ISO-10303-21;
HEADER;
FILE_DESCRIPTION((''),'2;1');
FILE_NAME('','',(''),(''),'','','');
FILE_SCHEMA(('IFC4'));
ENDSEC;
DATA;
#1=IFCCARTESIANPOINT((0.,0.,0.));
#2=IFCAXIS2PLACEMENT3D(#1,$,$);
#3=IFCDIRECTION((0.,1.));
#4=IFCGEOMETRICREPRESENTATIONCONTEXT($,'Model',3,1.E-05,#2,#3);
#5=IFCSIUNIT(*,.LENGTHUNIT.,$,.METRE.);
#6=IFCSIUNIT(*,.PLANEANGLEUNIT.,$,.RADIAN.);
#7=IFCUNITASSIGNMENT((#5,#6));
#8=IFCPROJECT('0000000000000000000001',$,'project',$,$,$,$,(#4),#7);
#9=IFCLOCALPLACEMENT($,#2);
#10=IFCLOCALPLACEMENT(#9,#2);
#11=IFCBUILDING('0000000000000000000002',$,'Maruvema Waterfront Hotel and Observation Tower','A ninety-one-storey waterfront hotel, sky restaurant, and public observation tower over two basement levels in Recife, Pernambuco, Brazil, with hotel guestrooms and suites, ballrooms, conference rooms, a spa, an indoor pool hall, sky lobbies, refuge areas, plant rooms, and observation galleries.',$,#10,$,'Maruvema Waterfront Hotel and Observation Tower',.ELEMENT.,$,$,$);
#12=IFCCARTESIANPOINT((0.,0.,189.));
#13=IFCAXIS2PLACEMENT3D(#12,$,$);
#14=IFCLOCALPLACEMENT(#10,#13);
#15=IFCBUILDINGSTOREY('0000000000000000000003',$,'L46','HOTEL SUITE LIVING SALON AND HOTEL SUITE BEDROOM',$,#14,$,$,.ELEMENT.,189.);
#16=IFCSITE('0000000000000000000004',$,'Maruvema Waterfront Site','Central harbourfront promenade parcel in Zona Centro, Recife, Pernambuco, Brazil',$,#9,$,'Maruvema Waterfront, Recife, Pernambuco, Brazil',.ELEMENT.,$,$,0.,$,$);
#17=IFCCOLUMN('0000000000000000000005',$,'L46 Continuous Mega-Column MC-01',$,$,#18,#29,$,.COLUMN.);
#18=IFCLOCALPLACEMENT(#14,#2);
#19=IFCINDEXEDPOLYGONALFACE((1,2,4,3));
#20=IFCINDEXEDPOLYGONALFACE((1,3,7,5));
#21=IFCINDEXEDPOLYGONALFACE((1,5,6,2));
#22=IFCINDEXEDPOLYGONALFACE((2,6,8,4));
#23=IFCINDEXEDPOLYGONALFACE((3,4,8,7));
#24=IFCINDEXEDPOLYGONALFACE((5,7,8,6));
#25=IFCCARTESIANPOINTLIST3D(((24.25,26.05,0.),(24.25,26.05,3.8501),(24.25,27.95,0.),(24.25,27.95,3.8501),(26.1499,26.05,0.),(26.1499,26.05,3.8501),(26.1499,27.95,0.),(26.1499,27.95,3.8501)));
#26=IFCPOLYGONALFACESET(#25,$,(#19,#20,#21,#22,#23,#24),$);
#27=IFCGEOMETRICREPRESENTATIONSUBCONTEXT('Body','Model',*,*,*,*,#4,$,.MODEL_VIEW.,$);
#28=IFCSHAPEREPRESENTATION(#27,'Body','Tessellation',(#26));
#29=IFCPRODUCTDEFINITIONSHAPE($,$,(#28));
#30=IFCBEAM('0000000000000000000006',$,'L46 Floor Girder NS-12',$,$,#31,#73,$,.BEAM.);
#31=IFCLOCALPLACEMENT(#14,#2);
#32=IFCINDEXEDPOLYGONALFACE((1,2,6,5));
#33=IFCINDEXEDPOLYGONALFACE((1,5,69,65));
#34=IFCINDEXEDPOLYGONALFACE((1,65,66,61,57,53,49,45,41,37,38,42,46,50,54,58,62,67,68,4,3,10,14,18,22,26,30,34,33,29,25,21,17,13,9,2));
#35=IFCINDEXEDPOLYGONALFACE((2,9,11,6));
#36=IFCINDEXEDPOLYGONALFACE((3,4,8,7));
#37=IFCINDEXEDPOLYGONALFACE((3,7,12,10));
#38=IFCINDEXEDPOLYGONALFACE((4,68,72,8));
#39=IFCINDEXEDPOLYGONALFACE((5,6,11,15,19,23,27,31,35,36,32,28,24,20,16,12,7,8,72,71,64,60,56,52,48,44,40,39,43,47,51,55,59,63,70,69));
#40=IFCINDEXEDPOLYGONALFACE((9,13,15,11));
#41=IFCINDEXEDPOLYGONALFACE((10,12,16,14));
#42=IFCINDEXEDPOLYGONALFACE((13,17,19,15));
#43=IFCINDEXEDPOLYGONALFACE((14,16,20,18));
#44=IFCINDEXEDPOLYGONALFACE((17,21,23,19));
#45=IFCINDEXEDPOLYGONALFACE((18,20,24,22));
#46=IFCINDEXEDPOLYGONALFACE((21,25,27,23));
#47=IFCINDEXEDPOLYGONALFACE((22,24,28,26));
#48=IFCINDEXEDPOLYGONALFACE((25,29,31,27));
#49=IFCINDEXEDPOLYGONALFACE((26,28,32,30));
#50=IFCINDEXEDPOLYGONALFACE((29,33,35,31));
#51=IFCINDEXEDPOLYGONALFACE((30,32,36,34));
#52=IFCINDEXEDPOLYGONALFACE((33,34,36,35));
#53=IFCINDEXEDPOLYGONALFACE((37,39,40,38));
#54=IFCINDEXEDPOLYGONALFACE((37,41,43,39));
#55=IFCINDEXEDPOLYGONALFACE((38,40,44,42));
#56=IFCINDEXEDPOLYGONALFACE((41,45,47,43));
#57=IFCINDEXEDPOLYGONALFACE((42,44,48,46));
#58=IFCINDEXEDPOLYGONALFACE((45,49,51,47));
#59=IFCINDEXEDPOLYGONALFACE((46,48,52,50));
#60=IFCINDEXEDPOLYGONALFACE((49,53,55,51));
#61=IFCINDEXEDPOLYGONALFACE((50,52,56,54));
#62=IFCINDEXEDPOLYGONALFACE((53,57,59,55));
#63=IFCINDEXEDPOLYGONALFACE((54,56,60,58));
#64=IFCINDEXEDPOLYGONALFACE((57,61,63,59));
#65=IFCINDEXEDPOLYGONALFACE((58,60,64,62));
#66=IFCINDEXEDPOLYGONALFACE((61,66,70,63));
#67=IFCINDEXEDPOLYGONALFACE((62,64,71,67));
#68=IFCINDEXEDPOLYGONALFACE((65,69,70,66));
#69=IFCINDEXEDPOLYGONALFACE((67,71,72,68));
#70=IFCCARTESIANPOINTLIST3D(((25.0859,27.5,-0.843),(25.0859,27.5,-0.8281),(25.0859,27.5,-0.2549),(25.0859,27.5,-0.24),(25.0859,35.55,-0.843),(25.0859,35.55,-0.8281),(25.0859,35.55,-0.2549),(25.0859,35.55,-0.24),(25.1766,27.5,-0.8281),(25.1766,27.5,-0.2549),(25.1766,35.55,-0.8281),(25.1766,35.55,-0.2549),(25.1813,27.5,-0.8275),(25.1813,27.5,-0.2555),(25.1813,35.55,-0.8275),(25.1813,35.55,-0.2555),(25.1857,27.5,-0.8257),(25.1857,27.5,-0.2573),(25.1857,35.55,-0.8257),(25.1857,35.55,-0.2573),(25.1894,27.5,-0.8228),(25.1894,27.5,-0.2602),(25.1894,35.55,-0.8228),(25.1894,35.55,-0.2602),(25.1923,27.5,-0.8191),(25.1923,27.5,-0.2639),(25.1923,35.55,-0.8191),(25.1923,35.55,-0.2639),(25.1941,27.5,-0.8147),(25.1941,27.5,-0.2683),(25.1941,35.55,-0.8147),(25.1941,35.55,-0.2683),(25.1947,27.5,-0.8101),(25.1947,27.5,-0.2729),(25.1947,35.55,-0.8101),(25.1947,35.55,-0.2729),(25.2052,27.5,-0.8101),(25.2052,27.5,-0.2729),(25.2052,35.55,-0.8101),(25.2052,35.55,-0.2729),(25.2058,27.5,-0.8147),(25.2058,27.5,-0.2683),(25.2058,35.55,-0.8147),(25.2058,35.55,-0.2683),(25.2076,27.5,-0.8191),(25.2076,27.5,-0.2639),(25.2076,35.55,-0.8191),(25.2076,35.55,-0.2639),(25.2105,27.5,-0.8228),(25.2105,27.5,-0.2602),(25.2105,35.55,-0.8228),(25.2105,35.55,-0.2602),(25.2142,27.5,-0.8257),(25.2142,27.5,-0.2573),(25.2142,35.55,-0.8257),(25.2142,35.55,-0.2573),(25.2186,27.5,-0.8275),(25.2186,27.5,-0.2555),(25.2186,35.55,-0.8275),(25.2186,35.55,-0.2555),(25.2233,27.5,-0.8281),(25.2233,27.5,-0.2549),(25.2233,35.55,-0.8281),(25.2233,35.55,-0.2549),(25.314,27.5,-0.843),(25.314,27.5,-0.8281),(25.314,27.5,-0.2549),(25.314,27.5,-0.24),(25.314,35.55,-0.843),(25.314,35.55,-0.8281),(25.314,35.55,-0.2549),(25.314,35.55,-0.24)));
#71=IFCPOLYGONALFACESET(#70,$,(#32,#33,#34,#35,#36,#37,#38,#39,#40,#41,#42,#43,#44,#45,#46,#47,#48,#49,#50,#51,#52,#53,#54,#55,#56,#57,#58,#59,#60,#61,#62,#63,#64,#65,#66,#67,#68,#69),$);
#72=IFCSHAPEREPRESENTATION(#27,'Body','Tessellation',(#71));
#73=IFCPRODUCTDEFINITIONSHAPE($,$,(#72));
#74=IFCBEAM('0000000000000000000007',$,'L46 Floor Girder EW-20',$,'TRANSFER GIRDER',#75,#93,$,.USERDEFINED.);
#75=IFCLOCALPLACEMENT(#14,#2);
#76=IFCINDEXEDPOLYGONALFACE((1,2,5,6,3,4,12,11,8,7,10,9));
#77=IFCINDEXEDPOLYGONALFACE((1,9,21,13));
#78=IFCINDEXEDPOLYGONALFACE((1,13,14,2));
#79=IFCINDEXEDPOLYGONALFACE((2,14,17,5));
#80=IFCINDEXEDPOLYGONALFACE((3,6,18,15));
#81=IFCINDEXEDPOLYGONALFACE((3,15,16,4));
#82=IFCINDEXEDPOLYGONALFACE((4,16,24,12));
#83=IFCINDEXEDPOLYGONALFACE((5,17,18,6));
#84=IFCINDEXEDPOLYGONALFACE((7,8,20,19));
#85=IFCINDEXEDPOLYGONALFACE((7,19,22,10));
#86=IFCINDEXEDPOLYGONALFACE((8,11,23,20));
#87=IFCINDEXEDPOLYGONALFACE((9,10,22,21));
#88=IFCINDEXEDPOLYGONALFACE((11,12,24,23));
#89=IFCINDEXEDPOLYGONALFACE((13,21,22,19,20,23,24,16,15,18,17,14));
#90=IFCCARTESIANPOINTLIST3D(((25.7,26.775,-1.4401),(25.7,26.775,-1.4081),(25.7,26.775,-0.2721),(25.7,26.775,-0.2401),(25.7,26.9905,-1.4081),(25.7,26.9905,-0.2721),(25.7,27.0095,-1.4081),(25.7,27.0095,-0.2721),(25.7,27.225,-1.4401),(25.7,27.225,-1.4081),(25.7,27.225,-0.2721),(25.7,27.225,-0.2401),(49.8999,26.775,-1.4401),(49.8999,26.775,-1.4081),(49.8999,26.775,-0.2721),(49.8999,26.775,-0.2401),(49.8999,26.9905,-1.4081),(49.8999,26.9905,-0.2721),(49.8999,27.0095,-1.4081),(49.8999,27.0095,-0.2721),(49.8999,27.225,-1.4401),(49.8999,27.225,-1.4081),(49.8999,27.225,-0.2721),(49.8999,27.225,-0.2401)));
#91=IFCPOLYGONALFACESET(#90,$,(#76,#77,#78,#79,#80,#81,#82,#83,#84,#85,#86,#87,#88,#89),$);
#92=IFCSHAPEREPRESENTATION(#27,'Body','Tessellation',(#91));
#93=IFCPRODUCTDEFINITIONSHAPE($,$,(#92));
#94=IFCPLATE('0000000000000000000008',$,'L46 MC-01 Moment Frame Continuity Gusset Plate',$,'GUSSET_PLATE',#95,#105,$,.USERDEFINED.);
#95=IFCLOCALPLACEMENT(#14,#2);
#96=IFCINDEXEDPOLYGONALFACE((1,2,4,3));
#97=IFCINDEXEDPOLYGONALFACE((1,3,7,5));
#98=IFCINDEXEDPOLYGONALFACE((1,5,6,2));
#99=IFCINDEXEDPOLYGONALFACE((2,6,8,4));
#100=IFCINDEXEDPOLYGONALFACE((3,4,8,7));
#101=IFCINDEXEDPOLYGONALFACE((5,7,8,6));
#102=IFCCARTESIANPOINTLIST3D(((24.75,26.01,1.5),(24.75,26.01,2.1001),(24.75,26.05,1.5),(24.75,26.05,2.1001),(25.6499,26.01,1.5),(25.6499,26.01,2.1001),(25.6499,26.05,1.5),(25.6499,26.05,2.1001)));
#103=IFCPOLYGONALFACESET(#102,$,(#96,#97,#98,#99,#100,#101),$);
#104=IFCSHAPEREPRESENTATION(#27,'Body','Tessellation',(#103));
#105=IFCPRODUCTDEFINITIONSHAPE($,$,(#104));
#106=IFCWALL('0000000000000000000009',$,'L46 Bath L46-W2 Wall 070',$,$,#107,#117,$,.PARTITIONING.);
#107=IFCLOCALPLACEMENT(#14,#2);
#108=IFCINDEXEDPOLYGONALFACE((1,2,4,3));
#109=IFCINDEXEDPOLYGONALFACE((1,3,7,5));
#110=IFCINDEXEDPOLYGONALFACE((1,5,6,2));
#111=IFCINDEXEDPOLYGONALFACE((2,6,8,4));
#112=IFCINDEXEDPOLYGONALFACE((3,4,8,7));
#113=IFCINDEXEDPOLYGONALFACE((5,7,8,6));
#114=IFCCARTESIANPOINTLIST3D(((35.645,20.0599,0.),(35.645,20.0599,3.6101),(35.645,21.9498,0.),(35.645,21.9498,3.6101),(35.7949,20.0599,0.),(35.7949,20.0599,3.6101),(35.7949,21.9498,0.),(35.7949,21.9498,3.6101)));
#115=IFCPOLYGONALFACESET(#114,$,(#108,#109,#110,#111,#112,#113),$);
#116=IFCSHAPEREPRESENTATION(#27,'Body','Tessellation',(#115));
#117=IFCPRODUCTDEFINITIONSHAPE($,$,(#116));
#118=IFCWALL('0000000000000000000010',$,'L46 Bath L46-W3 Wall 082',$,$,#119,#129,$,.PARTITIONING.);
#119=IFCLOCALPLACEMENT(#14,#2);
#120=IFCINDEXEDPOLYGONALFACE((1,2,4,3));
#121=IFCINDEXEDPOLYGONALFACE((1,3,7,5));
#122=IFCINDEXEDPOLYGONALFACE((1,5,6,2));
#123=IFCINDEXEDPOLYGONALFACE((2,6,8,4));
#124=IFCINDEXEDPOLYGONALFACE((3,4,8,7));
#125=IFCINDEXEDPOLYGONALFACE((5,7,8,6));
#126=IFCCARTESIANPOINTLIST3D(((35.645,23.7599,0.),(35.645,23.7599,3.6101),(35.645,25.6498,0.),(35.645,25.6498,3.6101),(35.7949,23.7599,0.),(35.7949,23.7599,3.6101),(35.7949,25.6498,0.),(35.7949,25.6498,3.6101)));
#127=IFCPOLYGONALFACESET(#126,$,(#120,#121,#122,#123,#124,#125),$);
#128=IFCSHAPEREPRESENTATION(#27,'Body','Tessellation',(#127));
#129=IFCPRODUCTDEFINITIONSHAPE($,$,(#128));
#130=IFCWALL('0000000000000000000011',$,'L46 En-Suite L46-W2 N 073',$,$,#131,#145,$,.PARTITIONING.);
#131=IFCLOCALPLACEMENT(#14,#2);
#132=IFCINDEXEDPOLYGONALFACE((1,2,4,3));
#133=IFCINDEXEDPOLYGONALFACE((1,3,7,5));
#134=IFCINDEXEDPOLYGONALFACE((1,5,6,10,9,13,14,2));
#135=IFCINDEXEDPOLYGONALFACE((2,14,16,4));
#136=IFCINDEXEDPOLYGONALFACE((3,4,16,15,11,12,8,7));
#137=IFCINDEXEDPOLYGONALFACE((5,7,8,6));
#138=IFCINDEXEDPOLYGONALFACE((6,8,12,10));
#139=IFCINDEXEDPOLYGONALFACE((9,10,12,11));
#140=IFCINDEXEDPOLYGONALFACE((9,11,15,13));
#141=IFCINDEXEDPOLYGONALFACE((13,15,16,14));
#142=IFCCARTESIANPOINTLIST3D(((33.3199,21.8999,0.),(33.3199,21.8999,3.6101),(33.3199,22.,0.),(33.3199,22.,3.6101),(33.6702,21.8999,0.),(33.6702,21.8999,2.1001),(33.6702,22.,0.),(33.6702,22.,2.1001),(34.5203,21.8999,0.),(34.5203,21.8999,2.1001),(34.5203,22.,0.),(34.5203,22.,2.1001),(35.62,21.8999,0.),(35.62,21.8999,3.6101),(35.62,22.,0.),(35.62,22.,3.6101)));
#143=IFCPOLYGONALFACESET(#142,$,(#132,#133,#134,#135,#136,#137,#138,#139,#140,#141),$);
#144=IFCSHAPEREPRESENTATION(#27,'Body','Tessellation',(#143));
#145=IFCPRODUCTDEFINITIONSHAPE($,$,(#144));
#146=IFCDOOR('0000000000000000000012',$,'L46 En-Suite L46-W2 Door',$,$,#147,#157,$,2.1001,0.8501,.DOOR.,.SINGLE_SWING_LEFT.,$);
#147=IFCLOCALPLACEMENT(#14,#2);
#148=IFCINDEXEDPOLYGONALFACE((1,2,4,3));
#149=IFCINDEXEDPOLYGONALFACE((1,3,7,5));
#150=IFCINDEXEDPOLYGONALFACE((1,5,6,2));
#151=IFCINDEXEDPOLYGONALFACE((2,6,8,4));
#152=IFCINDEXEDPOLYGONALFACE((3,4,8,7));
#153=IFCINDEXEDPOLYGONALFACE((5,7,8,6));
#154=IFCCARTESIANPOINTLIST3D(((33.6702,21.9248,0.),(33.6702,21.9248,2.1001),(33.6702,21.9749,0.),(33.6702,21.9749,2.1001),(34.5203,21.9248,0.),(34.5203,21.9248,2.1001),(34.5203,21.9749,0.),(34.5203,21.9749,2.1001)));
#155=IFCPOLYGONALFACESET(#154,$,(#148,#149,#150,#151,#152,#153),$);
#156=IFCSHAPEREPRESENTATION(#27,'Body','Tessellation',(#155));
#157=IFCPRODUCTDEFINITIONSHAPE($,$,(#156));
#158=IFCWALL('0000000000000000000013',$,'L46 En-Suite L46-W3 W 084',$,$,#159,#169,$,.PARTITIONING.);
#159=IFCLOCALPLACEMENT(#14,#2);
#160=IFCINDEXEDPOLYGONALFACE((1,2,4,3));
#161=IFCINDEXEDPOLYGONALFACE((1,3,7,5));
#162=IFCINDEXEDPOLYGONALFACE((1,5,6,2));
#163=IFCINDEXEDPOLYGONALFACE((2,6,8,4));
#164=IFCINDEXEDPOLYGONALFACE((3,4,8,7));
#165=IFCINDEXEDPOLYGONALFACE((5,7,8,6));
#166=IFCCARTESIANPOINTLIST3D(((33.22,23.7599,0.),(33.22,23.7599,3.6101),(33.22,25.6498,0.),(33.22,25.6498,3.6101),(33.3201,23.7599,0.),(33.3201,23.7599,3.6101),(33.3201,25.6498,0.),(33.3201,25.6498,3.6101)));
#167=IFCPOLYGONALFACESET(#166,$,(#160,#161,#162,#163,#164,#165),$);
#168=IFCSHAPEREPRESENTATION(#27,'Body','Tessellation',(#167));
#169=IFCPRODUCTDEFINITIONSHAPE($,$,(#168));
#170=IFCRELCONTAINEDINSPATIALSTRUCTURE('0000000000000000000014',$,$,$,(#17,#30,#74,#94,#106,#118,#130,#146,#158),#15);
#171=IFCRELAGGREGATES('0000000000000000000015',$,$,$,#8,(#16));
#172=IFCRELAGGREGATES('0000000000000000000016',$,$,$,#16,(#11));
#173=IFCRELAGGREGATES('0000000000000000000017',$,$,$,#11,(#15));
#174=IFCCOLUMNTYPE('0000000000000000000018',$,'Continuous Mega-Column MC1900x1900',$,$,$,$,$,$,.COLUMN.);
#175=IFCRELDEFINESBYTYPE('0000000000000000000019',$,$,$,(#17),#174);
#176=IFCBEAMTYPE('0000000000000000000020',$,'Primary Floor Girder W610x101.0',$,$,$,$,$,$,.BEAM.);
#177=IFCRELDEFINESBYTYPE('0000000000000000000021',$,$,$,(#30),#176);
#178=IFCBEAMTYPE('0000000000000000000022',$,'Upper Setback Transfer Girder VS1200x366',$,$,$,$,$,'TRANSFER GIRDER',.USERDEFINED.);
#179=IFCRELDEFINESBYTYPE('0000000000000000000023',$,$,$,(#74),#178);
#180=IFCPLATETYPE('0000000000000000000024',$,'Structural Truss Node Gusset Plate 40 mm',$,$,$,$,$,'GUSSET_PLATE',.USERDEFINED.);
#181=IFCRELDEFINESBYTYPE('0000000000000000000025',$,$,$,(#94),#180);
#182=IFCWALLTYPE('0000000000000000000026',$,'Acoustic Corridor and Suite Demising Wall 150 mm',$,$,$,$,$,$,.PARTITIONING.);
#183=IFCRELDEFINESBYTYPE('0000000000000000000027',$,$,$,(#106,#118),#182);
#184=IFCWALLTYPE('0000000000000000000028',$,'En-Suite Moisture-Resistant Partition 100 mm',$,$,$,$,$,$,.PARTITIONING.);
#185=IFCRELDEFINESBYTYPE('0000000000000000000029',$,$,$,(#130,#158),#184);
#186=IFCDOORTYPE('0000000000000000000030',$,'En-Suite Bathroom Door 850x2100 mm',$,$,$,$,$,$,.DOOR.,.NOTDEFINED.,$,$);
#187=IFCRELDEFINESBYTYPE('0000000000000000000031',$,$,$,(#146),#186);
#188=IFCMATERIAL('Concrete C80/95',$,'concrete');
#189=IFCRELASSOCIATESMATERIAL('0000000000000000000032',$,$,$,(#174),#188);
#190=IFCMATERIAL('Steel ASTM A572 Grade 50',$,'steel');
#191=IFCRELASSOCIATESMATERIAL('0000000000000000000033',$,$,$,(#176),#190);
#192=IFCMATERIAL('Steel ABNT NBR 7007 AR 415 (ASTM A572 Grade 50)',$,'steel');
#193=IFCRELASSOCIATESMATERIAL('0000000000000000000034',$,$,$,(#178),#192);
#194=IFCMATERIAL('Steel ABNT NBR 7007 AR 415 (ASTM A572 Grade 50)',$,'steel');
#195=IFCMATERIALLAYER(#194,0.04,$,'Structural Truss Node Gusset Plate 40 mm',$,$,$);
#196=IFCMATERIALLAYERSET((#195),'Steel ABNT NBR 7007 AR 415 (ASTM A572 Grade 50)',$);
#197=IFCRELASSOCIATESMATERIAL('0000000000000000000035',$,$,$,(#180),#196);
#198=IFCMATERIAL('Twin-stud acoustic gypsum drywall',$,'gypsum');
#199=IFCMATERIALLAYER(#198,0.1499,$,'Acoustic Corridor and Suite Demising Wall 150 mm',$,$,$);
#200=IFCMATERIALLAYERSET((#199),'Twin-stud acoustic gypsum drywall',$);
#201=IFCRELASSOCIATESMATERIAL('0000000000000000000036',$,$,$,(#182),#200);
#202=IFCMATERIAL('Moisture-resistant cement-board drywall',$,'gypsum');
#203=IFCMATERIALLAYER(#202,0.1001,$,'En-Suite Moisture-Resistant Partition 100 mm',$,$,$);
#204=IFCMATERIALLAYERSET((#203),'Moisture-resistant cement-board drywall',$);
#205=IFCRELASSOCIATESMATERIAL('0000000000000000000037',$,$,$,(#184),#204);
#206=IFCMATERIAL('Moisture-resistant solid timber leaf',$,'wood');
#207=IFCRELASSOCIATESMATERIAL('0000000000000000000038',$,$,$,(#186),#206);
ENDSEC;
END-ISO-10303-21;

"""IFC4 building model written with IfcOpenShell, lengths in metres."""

from ifc_helpers import new_model, si_unit, direction, frame, frame_2d, origin, origin_2d, place, context, subcontext, project, spatial, rectangle, i_section, extrude, material, layer, layer_set, material_profile, profile_set, type_object, element, fill, save


model = new_model("IFC4")

# Units and contexts
model_context = context("Model", 3, precision=1e-05, world=origin(), true_north=direction((0.0, 1.0)))
body_context = subcontext(model_context, "Body", "Model", "MODEL_VIEW")
ifc_project = project(units=[si_unit("LENGTHUNIT", "METRE"), si_unit("PLANEANGLEUNIT", "RADIAN")], contexts=[model_context])

# Site, building, storey
site_placement = place(None, origin())
site = spatial("IfcSite", under=ifc_project, at=site_placement, Name="Maruvema Waterfront Site", Description="Central harbourfront promenade parcel in Zona Centro, Recife, Pernambuco, Brazil", LongName="Maruvema Waterfront, Recife, Pernambuco, Brazil", CompositionType="ELEMENT", RefElevation=0.0)
building_placement = place(site_placement, origin())
building = spatial("IfcBuilding", under=site, at=building_placement, Name="Maruvema Waterfront Hotel and Observation Tower", Description="A ninety-one-storey waterfront hotel, sky restaurant, and public observation tower over two basement levels in Recife, Pernambuco, Brazil, with hotel guestrooms and suites, ballrooms, conference rooms, a spa, an indoor pool hall, sky lobbies, refuge areas, plant rooms, and observation galleries.", LongName="Maruvema Waterfront Hotel and Observation Tower", CompositionType="ELEMENT")
storey_placement = place(building_placement, frame((0.0, 0.0, 189.0)))
storey = spatial("IfcBuildingStorey", under=building, at=storey_placement, Name="L46", Description="HOTEL SUITE LIVING SALON AND HOTEL SUITE BEDROOM", CompositionType="ELEMENT", Elevation=189.0)

# Column
ifc_material_1 = material(Name="Concrete C80/95", Category="concrete")
ifc_material_profile_1 = material_profile(ifc_material_1, rectangle(XDim=1.8999, YDim=1.8999, at=origin_2d()), Name="MC1900x1900")
ifc_profile_set_1 = profile_set([ifc_material_profile_1], Name="Concrete C80/95")
column_type = type_object("IfcColumnType", Name="Continuous Mega-Column MC1900x1900", PredefinedType="COLUMN", material=ifc_profile_set_1)
column_placement = place(storey_placement, frame((25.2, 27.0, 0.0), z_axis=(0.0, 0.0, 1.0), x_axis=(1.0, 0.0, 0.0)))
element("IfcColumn", 1, at=column_placement, inside=storey, type_object=column_type, Name="L46 Continuous Mega-Column MC-01", PredefinedType="COLUMN", context=body_context, shape_type="SweptSolid", body=[
    extrude(rectangle(XDim=1.8999, YDim=1.8999, at=origin_2d()), origin(), (0.0, 0.0, 1.0), 3.8501),
])

# Beams
ifc_material_2 = material(Name="Steel ASTM A572 Grade 50", Category="steel")
ifc_material_profile_2 = material_profile(ifc_material_2, i_section(OverallWidth=0.228, OverallDepth=0.603, WebThickness=0.0105, FlangeThickness=0.0149, FilletRadius=0.0181, at=origin_2d()), Name="W610x101.0")
ifc_profile_set_2 = profile_set([ifc_material_profile_2], Name="Steel ASTM A572 Grade 50")
beam_type_1 = type_object("IfcBeamType", Name="Primary Floor Girder W610x101.0", PredefinedType="BEAM", material=ifc_profile_set_2)
beam_1_placement = place(storey_placement, frame((25.2, 27.5, -0.5415), z_axis=(0.0, 1.0, 0.0), x_axis=(-1.0, 0.0, 0.0)))
element("IfcBeam", 2, at=beam_1_placement, inside=storey, type_object=beam_type_1, Name="L46 Floor Girder NS-12", PredefinedType="BEAM", context=body_context, shape_type="SweptSolid", body=[
    extrude(i_section(OverallWidth=0.228, OverallDepth=0.603, WebThickness=0.0105, FlangeThickness=0.0149, FilletRadius=0.0181, at=origin_2d()), origin(), (0.0, 0.0, 1.0), 8.05),
])
ifc_material_3 = material(Name="Steel ABNT NBR 7007 AR 415 (ASTM A572 Grade 50)", Category="steel")
ifc_material_profile_3 = material_profile(ifc_material_3, i_section(OverallWidth=0.45, OverallDepth=1.2, WebThickness=0.019, FlangeThickness=0.032, at=origin_2d()), Name="VS1200x366")
ifc_profile_set_3 = profile_set([ifc_material_profile_3], Name="Steel ABNT NBR 7007 AR 415 (ASTM A572 Grade 50)")
beam_type_2 = type_object("IfcBeamType", Name="Upper Setback Transfer Girder VS1200x366", ElementType="TRANSFER GIRDER", PredefinedType="USERDEFINED", material=ifc_profile_set_3)
beam_2_placement = place(storey_placement, frame((25.7, 27.0, -0.8401), z_axis=(1.0, 0.0, 0.0), x_axis=(0.0, 1.0, 0.0)))
element("IfcBeam", 3, at=beam_2_placement, inside=storey, type_object=beam_type_2, Name="L46 Floor Girder EW-20", ObjectType="TRANSFER GIRDER", PredefinedType="USERDEFINED", context=body_context, shape_type="SweptSolid", body=[
    extrude(i_section(OverallWidth=0.45, OverallDepth=1.2, WebThickness=0.019, FlangeThickness=0.032, at=origin_2d()), origin(), (0.0, 0.0, 1.0), 24.2),
])

# Plate
ifc_material_4 = material(Name="Steel ABNT NBR 7007 AR 415 (ASTM A572 Grade 50)", Category="steel")
ifc_layer_1 = layer(ifc_material_4, 0.04, Name="Structural Truss Node Gusset Plate 40 mm")
ifc_layer_set_1 = layer_set([ifc_layer_1], Name="Steel ABNT NBR 7007 AR 415 (ASTM A572 Grade 50)")
plate_type = type_object("IfcPlateType", Name="Structural Truss Node Gusset Plate 40 mm", ElementType="GUSSET_PLATE", PredefinedType="USERDEFINED", material=ifc_layer_set_1)
plate_placement = place(storey_placement, frame((25.2, 26.03, 1.5), z_axis=(0.0, 0.0, 1.0), x_axis=(1.0, 0.0, 0.0)))
element("IfcPlate", 4, at=plate_placement, inside=storey, type_object=plate_type, Name="L46 MC-01 Moment Frame Continuity Gusset Plate", ObjectType="GUSSET_PLATE", PredefinedType="USERDEFINED", context=body_context, shape_type="SweptSolid", body=[
    extrude(rectangle(XDim=0.8999, YDim=0.04, at=origin_2d()), origin(), (0.0, 0.0, 1.0), 0.6001),
])

# Wall
ifc_material_5 = material(Name="Twin-stud acoustic gypsum drywall", Category="gypsum")
ifc_layer_2 = layer(ifc_material_5, 0.1499, Name="Acoustic Corridor and Suite Demising Wall 150 mm")
ifc_layer_set_2 = layer_set([ifc_layer_2], Name="Twin-stud acoustic gypsum drywall")
wall_type_1 = type_object("IfcWallType", Name="Acoustic Corridor and Suite Demising Wall 150 mm", PredefinedType="PARTITIONING", material=ifc_layer_set_2)
wall_1_placement = place(storey_placement, frame((35.72, 20.0601, 0.0), z_axis=(0.0, 0.0, 1.0), x_axis=(0.0, 1.0, 0.0)))
element("IfcWall", 5, at=wall_1_placement, inside=storey, type_object=wall_type_1, Name="L46 Bath L46-W2 Wall 070", PredefinedType="PARTITIONING", context=body_context, shape_type="SweptSolid", body=[
    extrude(rectangle(XDim=1.8899, YDim=0.1499, at=frame_2d((0.9448, 0.0))), origin(), (0.0, 0.0, 1.0), 3.6101),
])

# Wall
wall_2_placement = place(storey_placement, frame((35.72, 23.76, 0.0), z_axis=(0.0, 0.0, 1.0), x_axis=(0.0, 1.0, 0.0)))
element("IfcWall", 6, at=wall_2_placement, inside=storey, type_object=wall_type_1, Name="L46 Bath L46-W3 Wall 082", PredefinedType="PARTITIONING", context=body_context, shape_type="SweptSolid", body=[
    extrude(rectangle(XDim=1.8899, YDim=0.1499, at=frame_2d((0.9448, 0.0))), origin(), (0.0, 0.0, 1.0), 3.6101),
])

# Wall, opening, door
ifc_material_6 = material(Name="Moisture-resistant cement-board drywall", Category="gypsum")
ifc_layer_3 = layer(ifc_material_6, 0.1001, Name="En-Suite Moisture-Resistant Partition 100 mm")
ifc_layer_set_3 = layer_set([ifc_layer_3], Name="Moisture-resistant cement-board drywall")
wall_type_2 = type_object("IfcWallType", Name="En-Suite Moisture-Resistant Partition 100 mm", PredefinedType="PARTITIONING", material=ifc_layer_set_3)
wall_3_placement = place(storey_placement, frame((33.3201, 21.95, 0.0), z_axis=(0.0, 0.0, 1.0), x_axis=(1.0, 0.0, 0.0)))
wall_3 = element("IfcWall", 7, at=wall_3_placement, inside=storey, type_object=wall_type_2, Name="L46 En-Suite L46-W2 N 073", PredefinedType="PARTITIONING", context=body_context, shape_type="SweptSolid", body=[
    extrude(rectangle(XDim=2.3, YDim=0.1001, at=frame_2d((1.1499, 0.0))), origin(), (0.0, 0.0, 1.0), 3.6101),
])
opening_1_placement = place(wall_3_placement, frame((0.3501, 0.0, 0.0)))
opening_1 = element("IfcOpeningElement", 8, at=opening_1_placement, cuts=wall_3, PredefinedType="OPENING", context=body_context, shape_type="SweptSolid", body=[
    extrude(rectangle(XDim=0.8501, YDim=2.1001, at=frame_2d((0.425, 1.05))), frame((0.0, 0.0601, 0.0), z_axis=(0.0, -1.0, 0.0), x_axis=(1.0, 0.0, 0.0)), (0.0, 0.0, 1.0), 0.1201),
])
ifc_material_7 = material(Name="Moisture-resistant solid timber leaf", Category="wood")
door_type_1 = type_object("IfcDoorType", Name="En-Suite Bathroom Door 850x2100 mm", OperationType="NOTDEFINED", PredefinedType="DOOR", material=ifc_material_7)
door_1_placement = place(opening_1_placement, origin())
door_1 = element("IfcDoor", 9, at=door_1_placement, inside=storey, type_object=door_type_1, Name="L46 En-Suite L46-W2 Door", OperationType="SINGLE_SWING_LEFT", OverallHeight=2.1001, OverallWidth=0.8501, PredefinedType="DOOR", context=body_context, shape_type="SweptSolid", body=[
    extrude(rectangle(XDim=0.8501, YDim=2.1001, at=frame_2d((0.425, 1.05))), frame((0.0, 0.0249, 0.0), z_axis=(0.0, -1.0, 0.0), x_axis=(1.0, 0.0, 0.0)), (0.0, 0.0, 1.0), 0.05),
])
fill(opening_1, door_1)

# Wall
wall_4_placement = place(storey_placement, frame((33.27, 23.76, 0.0), z_axis=(0.0, 0.0, 1.0), x_axis=(0.0, 1.0, 0.0)))
element("IfcWall", 10, at=wall_4_placement, inside=storey, type_object=wall_type_2, Name="L46 En-Suite L46-W3 W 084", PredefinedType="PARTITIONING", context=body_context, shape_type="SweptSolid", body=[
    extrude(rectangle(XDim=1.8899, YDim=0.1001, at=frame_2d((0.9448, 0.0))), origin(), (0.0, 0.0, 1.0), 3.6101),
])

save(model, "model.ifc")
